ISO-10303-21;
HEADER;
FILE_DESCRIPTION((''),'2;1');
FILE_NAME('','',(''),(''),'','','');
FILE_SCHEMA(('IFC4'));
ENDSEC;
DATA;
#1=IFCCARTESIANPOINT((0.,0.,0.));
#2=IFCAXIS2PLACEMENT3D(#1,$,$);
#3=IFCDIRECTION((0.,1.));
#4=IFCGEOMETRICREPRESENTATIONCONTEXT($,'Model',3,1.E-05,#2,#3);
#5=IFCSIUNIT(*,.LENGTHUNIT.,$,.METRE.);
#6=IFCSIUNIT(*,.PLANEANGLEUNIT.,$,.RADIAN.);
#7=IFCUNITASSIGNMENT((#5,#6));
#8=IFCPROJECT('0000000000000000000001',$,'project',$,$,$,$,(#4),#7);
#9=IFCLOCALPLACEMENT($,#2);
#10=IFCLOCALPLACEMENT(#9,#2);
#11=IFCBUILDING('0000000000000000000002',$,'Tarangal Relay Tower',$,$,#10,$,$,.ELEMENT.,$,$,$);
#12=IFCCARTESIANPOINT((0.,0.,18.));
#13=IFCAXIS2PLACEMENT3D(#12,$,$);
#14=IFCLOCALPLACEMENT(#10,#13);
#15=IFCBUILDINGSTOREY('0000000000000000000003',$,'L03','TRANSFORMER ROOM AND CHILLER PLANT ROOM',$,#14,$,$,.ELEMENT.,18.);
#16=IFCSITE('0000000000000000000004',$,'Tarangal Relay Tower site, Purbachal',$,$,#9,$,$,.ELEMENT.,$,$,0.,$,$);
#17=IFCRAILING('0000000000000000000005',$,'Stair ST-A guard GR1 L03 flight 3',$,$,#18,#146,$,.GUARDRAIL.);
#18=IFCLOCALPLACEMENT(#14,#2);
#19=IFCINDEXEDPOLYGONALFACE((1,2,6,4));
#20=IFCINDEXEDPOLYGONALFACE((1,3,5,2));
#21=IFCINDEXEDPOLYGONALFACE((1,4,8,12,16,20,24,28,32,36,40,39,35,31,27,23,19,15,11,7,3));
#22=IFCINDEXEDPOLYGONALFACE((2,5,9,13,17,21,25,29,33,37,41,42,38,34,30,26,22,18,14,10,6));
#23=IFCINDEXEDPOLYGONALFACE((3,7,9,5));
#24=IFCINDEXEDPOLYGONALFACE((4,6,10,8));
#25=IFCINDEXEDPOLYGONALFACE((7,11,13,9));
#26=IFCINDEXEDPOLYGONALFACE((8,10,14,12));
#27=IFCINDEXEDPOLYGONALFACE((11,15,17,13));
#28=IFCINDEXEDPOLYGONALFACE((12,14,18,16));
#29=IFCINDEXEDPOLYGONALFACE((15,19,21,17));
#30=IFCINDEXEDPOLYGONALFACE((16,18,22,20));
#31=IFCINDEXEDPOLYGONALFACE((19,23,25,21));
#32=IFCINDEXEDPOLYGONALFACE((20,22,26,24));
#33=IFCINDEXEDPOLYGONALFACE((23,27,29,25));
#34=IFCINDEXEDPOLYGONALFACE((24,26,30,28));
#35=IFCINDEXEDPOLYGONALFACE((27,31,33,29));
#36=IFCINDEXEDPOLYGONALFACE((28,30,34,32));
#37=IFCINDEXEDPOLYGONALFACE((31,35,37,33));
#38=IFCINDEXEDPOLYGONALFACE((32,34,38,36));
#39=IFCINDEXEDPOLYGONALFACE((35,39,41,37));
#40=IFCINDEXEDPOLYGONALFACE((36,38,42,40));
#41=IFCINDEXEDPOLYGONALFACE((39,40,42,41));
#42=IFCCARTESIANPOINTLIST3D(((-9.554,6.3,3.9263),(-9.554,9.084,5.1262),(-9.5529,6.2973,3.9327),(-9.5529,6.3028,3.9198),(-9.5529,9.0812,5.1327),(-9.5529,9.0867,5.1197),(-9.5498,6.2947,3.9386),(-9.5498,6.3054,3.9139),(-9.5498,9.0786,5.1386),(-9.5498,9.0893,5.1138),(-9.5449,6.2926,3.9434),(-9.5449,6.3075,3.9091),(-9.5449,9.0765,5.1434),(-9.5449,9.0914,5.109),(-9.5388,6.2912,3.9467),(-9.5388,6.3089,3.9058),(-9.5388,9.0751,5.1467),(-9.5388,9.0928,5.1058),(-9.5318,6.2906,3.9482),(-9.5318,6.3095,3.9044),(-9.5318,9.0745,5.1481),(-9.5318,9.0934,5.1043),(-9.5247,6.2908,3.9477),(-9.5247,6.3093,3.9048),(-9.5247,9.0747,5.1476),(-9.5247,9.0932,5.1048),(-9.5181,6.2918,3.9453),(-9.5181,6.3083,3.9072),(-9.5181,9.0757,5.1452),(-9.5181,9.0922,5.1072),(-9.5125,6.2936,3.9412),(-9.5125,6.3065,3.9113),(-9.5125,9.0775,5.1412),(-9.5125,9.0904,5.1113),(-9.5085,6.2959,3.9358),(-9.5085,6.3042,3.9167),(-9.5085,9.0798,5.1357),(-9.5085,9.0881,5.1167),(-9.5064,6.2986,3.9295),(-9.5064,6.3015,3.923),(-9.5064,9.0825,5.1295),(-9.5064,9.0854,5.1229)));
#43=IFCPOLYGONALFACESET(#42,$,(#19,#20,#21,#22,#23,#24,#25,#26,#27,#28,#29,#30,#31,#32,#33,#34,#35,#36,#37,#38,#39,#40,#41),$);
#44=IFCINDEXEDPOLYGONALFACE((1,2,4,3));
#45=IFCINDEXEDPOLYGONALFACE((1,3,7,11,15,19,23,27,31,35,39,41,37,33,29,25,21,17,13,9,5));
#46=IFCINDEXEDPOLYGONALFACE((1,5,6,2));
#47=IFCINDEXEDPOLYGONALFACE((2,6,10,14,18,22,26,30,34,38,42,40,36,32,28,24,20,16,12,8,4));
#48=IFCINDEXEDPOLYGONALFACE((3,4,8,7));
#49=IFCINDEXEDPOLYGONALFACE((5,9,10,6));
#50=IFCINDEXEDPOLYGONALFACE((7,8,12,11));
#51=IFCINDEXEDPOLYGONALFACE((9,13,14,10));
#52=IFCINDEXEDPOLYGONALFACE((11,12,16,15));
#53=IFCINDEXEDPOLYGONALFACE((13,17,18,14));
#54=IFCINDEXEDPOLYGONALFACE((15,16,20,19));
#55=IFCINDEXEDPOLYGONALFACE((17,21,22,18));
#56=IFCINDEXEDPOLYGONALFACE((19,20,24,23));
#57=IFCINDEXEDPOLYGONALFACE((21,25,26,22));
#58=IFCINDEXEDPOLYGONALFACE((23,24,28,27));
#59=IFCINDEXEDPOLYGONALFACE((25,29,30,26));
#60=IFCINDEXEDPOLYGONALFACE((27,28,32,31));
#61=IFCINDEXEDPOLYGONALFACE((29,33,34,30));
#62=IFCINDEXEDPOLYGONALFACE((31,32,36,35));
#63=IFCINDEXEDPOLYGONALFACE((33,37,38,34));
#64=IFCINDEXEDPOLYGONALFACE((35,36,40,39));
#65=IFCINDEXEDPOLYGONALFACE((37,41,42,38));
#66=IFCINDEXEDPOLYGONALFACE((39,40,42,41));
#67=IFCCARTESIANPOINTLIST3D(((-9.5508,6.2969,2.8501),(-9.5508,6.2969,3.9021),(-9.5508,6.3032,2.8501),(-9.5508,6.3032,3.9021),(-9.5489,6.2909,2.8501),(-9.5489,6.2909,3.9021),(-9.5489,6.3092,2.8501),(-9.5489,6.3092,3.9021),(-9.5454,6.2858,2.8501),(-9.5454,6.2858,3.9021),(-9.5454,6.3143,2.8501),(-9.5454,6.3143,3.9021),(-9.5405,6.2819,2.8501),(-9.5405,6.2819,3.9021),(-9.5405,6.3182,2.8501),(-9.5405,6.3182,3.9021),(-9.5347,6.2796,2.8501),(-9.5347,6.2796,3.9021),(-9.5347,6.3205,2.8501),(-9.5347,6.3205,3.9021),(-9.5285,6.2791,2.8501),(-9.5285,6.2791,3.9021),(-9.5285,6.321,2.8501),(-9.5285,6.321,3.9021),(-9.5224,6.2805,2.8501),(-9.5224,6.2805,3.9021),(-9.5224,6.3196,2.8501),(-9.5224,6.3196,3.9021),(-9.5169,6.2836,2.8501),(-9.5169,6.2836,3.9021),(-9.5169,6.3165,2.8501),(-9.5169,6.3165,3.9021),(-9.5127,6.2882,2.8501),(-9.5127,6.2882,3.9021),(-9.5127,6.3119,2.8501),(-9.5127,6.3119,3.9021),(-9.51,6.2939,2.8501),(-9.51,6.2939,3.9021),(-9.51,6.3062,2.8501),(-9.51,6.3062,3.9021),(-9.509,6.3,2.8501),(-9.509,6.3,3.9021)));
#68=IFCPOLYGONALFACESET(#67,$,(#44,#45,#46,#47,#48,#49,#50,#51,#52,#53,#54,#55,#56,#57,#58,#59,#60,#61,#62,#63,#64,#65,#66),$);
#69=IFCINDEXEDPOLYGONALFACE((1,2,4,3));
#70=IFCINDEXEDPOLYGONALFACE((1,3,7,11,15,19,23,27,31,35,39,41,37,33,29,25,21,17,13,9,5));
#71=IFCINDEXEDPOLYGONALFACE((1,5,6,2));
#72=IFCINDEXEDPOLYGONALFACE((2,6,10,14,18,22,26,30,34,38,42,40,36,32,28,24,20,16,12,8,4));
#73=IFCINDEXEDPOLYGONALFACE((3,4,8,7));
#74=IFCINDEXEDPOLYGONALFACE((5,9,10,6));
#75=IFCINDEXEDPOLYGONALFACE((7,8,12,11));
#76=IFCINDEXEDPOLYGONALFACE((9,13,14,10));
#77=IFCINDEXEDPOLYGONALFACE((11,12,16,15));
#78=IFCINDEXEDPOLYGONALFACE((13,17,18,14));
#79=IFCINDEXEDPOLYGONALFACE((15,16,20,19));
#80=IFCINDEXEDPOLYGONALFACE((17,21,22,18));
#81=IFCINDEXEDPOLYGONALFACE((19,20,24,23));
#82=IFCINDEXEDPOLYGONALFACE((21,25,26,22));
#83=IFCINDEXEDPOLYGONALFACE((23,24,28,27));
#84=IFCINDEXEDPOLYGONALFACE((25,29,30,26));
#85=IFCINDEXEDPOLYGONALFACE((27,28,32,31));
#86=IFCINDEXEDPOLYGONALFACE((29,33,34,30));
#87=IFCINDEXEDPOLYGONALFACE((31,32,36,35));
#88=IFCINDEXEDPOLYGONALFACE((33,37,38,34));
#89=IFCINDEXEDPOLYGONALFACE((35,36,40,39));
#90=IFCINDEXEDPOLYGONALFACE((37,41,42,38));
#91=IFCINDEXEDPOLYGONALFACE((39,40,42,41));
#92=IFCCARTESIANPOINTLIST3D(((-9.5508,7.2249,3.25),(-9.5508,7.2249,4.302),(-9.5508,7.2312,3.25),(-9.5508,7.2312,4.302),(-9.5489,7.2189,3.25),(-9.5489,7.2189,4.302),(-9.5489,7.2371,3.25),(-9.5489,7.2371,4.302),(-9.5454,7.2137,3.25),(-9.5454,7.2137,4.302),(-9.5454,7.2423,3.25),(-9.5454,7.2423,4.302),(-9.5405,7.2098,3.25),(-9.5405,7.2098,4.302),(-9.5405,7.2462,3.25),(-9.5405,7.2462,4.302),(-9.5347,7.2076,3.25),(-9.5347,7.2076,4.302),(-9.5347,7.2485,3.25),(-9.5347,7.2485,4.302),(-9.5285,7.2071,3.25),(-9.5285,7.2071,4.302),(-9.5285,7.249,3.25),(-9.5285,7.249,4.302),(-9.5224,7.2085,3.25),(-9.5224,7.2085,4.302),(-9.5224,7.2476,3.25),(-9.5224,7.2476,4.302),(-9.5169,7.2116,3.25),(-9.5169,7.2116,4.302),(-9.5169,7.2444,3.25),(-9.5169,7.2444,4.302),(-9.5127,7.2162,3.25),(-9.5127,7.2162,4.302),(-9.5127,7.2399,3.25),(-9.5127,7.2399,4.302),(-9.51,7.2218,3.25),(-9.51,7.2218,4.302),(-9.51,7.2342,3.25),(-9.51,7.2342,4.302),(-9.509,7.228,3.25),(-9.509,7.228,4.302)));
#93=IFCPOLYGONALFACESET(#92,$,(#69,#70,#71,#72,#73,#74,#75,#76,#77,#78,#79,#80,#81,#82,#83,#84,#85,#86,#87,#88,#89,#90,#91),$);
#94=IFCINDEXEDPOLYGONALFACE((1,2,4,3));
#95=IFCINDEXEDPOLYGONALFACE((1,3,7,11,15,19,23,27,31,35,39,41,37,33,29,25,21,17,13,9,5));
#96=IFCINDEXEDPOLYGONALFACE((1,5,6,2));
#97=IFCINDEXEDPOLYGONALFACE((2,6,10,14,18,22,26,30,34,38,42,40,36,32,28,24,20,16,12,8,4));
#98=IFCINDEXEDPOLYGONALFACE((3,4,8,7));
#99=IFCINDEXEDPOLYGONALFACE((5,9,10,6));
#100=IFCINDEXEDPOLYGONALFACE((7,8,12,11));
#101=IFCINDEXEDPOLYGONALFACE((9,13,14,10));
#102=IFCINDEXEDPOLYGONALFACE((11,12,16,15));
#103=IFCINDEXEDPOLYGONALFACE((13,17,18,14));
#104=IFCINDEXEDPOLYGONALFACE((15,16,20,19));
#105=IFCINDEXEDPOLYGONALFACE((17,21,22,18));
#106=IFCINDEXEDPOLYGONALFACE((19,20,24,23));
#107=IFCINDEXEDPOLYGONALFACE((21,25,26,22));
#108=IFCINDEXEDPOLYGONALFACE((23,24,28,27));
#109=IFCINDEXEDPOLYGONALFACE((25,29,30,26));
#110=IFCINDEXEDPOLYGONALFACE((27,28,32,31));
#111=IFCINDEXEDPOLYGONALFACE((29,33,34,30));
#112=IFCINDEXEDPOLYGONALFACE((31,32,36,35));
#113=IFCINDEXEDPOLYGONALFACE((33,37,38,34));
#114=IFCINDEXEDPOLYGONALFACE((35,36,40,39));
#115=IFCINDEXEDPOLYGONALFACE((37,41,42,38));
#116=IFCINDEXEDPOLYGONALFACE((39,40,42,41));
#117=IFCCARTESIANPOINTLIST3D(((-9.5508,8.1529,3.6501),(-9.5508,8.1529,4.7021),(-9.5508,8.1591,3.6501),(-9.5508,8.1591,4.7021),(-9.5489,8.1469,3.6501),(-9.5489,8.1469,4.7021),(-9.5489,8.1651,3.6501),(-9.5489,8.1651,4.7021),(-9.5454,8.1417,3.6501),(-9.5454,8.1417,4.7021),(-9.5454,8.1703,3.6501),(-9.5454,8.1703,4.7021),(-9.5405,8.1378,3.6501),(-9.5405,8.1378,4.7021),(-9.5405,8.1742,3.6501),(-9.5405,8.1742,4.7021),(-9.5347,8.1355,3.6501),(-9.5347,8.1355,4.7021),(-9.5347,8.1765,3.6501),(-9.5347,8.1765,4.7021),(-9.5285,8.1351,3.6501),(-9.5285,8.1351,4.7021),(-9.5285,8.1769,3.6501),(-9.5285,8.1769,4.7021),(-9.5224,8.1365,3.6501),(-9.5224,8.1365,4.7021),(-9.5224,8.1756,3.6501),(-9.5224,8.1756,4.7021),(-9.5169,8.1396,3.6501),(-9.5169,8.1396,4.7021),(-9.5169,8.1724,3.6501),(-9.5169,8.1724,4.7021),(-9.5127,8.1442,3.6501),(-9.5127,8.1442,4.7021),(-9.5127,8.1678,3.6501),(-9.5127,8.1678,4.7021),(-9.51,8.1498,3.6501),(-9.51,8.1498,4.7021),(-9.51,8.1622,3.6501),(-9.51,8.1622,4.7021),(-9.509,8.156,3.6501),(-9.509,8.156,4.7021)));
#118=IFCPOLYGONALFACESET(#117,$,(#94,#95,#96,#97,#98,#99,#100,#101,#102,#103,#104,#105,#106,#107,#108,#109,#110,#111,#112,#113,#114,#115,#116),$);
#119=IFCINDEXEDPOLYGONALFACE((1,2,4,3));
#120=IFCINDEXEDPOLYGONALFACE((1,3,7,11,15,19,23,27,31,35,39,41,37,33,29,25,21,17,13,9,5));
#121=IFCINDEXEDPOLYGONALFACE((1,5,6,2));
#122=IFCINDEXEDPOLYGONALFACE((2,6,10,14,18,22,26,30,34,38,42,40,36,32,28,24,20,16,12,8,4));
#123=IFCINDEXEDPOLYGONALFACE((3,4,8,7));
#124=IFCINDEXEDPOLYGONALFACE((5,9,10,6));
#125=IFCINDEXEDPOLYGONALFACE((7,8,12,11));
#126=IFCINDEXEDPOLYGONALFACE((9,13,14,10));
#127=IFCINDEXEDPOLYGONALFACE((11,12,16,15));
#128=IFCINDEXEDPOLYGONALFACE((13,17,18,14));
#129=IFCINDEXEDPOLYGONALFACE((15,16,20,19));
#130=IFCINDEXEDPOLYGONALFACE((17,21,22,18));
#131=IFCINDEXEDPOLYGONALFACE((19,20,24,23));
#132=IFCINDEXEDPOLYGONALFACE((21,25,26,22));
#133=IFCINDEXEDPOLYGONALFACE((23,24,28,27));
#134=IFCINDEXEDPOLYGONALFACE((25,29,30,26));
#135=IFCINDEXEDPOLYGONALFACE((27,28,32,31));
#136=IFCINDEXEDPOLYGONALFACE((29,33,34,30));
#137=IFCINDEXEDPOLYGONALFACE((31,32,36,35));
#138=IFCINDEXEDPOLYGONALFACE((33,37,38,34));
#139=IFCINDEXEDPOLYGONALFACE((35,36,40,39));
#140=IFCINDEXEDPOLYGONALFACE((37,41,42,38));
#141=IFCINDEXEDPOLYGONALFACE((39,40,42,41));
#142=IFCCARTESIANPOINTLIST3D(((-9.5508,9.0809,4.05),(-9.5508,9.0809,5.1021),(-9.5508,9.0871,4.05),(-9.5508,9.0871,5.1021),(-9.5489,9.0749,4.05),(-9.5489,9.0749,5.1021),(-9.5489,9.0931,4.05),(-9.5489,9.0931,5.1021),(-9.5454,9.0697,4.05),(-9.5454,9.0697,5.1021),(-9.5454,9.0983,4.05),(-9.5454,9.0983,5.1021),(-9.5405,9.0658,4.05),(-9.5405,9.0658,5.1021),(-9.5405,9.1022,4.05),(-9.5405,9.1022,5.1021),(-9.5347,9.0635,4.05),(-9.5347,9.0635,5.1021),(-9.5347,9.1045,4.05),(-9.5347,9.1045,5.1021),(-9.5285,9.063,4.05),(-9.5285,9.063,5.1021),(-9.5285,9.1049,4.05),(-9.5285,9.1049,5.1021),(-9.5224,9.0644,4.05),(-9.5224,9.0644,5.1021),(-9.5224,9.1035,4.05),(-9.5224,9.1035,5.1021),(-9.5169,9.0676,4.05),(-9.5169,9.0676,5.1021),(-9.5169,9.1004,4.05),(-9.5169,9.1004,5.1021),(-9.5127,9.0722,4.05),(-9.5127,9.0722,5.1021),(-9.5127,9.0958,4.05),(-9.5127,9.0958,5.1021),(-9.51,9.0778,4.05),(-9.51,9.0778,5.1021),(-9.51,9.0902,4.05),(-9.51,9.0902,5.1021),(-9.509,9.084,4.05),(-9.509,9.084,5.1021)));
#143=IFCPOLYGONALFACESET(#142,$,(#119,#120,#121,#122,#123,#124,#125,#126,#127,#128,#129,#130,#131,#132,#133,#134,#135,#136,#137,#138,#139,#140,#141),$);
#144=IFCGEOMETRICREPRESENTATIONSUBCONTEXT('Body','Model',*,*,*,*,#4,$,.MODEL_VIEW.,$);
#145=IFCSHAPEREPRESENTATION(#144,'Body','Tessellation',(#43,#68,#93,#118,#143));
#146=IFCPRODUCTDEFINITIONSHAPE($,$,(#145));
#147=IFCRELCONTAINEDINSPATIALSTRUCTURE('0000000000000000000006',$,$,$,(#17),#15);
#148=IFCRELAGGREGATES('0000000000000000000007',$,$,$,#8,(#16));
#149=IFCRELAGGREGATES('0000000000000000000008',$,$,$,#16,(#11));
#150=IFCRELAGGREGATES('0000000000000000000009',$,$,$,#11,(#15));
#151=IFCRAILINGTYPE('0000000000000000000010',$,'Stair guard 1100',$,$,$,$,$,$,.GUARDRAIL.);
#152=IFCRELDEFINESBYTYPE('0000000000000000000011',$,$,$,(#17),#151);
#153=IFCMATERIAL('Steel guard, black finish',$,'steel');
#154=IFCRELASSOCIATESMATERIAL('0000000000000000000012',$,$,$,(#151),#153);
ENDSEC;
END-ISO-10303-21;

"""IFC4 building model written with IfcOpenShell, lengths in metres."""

from ifc_helpers import new_model, si_unit, direction, frame, origin, origin_2d, place, context, subcontext, project, spatial, circle, extrude, material, type_object, element, save


model = new_model("IFC4")

# Units and contexts
model_context = context("Model", 3, precision=1e-05, world=origin(), true_north=direction((0.0, 1.0)))
body_context = subcontext(model_context, "Body", "Model", "MODEL_VIEW")
ifc_project = project(units=[si_unit("LENGTHUNIT", "METRE"), si_unit("PLANEANGLEUNIT", "RADIAN")], contexts=[model_context])

# Site, building, storey
site_placement = place(None, origin())
site = spatial("IfcSite", under=ifc_project, at=site_placement, Name="Tarangal Relay Tower site, Purbachal", CompositionType="ELEMENT", RefElevation=0.0)
building_placement = place(site_placement, origin())
building = spatial("IfcBuilding", under=site, at=building_placement, Name="Tarangal Relay Tower", CompositionType="ELEMENT")
storey_placement = place(building_placement, frame((0.0, 0.0, 18.0)))
storey = spatial("IfcBuildingStorey", under=building, at=storey_placement, Name="L03", Description="TRANSFORMER ROOM AND CHILLER PLANT ROOM", CompositionType="ELEMENT", Elevation=18.0)

# Railing
ifc_material_1 = material(Name="Steel guard, black finish", Category="steel")
railing_type_1 = type_object("IfcRailingType", Name="Stair guard 1100", PredefinedType="GUARDRAIL", material=ifc_material_1)
railing_1_placement = place(storey_placement, frame((-9.53, 6.3, 2.8501)))
element("IfcRailing", 1, at=railing_1_placement, inside=storey, type_object=railing_type_1, Name="Stair ST-A guard GR1 L03 flight 3", PredefinedType="GUARDRAIL", context=body_context, shape_type="SweptSolid", body=[
    extrude(circle(Radius=0.0239, at=origin_2d()), frame((0.0, 0.0, 1.0762), z_axis=(0.0, 0.918327, 0.395823), x_axis=(-1.0, 0.0, 0.0)), (0.0, 0.0, 1.0), 3.0315),
    extrude(circle(Radius=0.021, at=origin_2d()), origin(), (0.0, 0.0, 1.0), 1.052),
    extrude(circle(Radius=0.021, at=origin_2d()), frame((0.0, 0.928, 0.3999)), (0.0, 0.0, 1.0), 1.052),
    extrude(circle(Radius=0.021, at=origin_2d()), frame((0.0, 1.856, 0.8)), (0.0, 0.0, 1.0), 1.052),
    extrude(circle(Radius=0.021, at=origin_2d()), frame((0.0, 2.7839, 1.2)), (0.0, 0.0, 1.0), 1.052),
])

save(model, "model.ifc")
